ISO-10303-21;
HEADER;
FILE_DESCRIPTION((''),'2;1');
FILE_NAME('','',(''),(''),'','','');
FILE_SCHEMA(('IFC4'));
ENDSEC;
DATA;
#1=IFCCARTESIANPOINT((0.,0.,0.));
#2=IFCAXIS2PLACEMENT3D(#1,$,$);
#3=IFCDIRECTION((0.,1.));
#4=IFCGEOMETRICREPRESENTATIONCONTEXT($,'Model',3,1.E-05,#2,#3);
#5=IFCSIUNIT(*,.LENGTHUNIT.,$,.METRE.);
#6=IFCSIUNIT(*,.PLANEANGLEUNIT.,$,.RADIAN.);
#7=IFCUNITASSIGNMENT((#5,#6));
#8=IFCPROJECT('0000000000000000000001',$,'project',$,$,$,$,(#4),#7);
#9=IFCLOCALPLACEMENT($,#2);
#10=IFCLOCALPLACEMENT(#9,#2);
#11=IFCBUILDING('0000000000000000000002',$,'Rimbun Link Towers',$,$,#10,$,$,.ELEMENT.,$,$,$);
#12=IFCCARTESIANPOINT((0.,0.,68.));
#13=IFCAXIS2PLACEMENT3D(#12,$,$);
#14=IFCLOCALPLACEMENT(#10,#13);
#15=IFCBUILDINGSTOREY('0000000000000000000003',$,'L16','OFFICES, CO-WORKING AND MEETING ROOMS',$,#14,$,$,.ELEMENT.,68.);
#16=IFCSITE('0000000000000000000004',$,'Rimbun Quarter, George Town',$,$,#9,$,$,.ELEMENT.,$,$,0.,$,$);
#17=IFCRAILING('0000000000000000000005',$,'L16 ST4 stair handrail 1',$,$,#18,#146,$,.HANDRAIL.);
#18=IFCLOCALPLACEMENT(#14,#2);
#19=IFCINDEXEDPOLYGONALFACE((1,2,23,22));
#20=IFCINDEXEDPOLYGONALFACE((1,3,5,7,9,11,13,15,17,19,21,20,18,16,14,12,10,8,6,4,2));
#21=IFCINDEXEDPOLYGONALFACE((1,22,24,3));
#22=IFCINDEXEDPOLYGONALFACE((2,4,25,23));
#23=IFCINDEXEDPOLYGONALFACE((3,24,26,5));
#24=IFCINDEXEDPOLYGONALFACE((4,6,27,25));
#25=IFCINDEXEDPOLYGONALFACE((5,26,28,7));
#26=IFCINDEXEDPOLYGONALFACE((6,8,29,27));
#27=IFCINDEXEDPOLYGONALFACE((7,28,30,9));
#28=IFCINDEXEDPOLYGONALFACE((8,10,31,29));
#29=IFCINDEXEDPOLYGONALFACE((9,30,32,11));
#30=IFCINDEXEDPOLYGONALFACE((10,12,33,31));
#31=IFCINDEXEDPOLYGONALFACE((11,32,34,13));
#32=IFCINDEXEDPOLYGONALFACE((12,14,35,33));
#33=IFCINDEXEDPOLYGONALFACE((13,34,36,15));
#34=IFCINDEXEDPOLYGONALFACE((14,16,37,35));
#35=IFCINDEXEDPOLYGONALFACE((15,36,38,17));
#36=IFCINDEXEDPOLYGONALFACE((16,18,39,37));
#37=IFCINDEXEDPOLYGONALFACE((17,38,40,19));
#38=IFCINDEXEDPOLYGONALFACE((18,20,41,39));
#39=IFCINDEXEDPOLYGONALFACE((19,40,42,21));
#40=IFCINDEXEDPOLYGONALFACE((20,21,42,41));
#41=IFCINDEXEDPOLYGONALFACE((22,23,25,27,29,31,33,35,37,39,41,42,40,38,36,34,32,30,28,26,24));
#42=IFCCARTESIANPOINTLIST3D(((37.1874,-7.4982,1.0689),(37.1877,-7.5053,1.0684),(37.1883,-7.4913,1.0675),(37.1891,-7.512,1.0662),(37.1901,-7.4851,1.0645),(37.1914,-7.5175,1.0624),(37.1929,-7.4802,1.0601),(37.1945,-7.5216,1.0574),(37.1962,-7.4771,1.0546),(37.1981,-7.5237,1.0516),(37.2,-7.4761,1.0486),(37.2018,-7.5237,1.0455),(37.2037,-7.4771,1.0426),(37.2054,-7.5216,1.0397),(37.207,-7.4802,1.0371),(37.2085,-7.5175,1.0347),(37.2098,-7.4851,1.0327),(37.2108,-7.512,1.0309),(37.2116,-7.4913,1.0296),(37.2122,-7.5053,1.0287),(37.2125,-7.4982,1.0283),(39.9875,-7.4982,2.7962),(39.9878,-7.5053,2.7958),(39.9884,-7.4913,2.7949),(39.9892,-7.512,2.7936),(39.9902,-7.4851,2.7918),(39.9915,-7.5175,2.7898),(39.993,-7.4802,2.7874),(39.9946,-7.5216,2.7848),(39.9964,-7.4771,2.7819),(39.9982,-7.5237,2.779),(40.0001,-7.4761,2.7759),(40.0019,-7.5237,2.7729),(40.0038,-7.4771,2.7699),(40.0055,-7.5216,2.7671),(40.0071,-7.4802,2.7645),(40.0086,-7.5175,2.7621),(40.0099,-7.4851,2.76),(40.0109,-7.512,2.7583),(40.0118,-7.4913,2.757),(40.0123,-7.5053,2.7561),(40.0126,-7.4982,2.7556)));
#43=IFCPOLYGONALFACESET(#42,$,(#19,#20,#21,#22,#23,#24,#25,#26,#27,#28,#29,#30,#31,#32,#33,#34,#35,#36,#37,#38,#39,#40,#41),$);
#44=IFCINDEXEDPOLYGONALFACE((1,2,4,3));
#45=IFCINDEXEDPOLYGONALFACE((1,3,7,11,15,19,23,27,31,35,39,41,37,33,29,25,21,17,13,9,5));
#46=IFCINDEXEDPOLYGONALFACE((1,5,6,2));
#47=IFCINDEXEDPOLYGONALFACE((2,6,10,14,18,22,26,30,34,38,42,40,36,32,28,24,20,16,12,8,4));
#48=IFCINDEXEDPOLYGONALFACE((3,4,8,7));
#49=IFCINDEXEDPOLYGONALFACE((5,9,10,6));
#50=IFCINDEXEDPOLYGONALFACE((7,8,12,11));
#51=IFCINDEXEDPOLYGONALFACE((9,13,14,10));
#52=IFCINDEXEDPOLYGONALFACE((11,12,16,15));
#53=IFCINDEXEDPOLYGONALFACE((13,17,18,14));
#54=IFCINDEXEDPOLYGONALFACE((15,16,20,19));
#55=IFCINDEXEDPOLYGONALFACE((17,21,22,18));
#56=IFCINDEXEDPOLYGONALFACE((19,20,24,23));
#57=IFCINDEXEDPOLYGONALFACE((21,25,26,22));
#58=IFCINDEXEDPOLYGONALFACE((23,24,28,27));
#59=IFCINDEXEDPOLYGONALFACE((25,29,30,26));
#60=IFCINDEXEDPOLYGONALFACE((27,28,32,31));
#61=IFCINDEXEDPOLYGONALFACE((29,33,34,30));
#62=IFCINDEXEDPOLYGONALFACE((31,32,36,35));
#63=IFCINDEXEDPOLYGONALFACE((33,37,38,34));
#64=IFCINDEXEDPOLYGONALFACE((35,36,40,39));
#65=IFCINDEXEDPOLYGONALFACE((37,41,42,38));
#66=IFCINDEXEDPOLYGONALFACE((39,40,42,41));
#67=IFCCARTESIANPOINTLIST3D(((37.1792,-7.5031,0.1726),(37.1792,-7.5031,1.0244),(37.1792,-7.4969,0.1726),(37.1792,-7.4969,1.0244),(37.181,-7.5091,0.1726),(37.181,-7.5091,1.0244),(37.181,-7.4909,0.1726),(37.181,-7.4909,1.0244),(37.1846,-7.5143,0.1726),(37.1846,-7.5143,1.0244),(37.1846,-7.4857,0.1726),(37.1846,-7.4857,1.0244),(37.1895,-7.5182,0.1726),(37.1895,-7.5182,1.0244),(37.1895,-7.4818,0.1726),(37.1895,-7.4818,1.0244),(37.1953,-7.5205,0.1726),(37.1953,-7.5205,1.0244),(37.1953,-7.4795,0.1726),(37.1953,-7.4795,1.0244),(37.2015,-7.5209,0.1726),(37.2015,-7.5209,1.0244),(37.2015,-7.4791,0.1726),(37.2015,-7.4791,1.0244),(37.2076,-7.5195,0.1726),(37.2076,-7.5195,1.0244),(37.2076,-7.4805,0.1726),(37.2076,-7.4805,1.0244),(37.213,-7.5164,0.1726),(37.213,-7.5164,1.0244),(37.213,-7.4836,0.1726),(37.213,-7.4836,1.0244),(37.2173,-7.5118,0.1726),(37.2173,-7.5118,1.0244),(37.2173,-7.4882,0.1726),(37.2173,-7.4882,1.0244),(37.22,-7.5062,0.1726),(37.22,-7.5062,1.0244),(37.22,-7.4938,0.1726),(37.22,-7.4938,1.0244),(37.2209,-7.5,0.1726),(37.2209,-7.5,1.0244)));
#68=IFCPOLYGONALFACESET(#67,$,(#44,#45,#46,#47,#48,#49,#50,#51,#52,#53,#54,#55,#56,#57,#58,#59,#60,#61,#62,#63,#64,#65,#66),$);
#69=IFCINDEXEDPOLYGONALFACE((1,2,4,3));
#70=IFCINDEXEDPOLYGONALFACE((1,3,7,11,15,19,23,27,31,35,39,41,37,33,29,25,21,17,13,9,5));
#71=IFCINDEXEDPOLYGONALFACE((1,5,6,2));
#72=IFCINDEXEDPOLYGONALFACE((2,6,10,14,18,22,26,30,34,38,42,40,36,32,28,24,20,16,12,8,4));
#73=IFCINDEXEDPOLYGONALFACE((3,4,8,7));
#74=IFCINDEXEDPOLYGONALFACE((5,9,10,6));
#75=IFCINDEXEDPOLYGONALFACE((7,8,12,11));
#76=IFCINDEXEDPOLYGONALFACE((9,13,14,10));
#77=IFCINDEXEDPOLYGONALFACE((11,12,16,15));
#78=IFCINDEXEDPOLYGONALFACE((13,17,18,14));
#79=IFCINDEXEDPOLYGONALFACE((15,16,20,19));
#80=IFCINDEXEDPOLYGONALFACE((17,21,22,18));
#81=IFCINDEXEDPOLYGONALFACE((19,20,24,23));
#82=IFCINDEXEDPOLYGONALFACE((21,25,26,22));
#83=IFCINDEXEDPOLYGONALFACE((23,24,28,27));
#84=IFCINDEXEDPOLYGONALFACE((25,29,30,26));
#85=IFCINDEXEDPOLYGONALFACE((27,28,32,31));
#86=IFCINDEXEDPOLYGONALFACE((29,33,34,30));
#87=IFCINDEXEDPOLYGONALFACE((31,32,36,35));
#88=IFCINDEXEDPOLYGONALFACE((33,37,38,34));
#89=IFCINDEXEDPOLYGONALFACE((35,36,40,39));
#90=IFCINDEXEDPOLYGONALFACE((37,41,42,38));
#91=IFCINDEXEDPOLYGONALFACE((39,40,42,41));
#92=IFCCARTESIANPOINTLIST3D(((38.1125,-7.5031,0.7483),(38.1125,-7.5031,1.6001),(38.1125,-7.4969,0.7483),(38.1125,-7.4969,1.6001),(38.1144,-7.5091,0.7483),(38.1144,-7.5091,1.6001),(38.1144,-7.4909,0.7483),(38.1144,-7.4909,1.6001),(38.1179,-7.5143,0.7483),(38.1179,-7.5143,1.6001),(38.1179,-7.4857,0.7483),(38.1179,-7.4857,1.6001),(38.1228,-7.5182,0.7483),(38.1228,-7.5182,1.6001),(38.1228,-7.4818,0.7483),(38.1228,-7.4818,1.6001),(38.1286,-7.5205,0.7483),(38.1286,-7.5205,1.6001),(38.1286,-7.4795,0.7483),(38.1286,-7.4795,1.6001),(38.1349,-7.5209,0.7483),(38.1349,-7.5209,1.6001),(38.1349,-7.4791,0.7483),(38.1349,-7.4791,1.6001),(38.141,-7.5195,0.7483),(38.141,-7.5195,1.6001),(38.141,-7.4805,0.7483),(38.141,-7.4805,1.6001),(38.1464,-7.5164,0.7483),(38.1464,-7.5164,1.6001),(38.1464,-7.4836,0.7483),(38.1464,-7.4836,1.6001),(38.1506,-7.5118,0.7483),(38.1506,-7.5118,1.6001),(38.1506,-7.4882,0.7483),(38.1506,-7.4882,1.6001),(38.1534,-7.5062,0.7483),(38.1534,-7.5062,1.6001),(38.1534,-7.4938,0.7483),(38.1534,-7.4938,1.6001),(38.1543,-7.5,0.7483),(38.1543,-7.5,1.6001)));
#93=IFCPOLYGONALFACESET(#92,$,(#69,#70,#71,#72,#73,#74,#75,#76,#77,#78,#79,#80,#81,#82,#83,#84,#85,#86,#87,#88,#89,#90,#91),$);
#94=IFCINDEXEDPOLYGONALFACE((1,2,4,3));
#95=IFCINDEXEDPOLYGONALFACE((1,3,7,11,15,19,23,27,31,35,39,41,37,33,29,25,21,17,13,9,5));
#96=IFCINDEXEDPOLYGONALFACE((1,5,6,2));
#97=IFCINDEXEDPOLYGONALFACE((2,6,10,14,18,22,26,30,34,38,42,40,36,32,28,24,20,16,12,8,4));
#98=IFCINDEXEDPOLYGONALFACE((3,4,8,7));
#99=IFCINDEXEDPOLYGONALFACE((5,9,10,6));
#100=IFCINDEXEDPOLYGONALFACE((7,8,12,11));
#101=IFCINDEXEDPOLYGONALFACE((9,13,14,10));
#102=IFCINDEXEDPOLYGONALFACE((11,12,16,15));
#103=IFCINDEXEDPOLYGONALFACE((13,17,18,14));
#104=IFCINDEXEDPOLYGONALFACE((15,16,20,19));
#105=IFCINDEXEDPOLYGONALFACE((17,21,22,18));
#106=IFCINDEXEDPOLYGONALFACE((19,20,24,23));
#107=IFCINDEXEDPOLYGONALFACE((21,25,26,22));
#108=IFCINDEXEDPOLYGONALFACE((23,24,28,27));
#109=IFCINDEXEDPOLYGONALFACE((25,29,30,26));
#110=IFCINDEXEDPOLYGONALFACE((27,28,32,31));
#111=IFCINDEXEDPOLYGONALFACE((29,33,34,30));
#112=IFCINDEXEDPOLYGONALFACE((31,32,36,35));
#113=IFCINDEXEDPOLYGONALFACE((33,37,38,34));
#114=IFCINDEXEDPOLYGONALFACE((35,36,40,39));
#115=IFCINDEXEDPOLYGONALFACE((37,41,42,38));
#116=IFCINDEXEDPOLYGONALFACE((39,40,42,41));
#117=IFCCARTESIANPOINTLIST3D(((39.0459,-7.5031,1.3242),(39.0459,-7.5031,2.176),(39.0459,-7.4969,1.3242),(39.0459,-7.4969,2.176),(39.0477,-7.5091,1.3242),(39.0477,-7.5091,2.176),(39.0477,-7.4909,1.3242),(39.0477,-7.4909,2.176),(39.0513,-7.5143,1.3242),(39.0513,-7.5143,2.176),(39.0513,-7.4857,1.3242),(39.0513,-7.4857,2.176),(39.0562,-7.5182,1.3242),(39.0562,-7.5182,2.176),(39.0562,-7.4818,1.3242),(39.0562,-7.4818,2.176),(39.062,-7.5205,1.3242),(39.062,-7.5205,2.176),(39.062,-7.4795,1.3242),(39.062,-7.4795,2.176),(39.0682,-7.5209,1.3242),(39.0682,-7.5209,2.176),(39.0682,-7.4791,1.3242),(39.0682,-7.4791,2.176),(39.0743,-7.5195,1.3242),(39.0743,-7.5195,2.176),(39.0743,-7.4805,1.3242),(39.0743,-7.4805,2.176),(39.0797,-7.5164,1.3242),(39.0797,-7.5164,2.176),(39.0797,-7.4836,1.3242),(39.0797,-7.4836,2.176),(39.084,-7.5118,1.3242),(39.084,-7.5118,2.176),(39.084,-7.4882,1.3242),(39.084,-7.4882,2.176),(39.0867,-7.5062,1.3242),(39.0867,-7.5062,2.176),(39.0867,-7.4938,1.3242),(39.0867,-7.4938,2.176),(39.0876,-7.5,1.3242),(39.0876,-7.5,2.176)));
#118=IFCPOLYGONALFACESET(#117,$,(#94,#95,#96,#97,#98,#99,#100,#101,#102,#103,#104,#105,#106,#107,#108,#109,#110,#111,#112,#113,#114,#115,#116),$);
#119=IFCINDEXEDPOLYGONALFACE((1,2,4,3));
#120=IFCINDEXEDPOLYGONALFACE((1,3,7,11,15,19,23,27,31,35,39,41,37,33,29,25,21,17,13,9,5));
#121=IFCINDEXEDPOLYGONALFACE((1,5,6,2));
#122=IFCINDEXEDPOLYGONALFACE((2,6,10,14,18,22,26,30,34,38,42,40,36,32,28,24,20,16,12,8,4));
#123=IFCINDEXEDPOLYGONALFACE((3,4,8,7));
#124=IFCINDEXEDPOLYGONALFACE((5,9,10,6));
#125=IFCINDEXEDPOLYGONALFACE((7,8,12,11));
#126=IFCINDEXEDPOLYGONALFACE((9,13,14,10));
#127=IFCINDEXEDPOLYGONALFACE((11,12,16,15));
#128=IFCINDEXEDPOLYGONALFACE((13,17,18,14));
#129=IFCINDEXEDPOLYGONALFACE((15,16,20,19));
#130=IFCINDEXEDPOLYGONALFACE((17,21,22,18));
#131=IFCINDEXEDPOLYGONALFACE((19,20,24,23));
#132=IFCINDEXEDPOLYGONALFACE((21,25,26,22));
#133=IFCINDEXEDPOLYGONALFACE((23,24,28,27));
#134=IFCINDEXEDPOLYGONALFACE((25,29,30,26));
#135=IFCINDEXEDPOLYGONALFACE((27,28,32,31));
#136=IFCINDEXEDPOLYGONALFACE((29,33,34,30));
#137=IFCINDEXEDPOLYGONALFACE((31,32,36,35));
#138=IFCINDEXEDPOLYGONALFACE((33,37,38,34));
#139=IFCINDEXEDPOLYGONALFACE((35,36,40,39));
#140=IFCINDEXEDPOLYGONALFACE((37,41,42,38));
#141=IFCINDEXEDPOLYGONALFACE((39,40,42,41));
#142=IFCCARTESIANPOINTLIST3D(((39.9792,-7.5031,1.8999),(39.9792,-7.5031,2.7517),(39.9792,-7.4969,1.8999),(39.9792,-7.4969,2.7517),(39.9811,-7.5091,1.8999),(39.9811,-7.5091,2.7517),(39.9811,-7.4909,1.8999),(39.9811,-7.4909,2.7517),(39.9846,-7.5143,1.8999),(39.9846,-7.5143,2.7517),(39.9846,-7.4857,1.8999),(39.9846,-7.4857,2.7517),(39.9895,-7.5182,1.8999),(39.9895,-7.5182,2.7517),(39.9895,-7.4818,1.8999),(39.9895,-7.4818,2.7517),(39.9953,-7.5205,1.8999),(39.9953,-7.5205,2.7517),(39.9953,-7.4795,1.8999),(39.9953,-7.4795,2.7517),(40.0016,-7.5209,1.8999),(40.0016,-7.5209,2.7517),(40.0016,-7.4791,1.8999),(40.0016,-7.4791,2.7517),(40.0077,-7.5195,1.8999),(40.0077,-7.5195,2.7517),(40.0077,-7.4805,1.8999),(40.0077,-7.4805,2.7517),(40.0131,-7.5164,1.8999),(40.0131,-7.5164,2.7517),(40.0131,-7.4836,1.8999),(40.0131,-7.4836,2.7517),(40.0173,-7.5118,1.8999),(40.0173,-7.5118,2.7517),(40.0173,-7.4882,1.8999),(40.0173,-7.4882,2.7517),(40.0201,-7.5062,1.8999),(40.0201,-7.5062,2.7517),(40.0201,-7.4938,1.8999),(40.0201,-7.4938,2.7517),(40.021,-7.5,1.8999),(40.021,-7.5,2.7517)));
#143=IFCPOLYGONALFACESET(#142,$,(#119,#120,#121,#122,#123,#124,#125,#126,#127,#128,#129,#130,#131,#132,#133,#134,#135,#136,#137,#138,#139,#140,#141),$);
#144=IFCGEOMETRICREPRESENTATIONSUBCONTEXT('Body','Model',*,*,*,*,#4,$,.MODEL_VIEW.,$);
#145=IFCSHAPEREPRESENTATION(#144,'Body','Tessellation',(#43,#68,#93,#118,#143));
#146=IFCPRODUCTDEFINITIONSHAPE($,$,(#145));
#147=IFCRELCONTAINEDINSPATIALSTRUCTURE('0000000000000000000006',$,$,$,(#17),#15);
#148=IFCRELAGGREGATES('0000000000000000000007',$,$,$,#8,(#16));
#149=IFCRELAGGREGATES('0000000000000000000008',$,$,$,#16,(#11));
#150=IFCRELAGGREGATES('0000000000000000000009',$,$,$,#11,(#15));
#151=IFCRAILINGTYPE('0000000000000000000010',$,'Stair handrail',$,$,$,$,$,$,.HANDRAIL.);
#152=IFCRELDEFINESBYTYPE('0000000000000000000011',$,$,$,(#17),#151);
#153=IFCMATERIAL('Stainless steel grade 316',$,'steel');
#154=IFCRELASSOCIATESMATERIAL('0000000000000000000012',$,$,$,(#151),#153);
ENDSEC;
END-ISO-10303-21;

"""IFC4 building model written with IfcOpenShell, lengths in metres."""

from ifc_helpers import new_model, si_unit, direction, frame, origin, origin_2d, place, context, subcontext, project, spatial, circle, extrude, material, type_object, element, save


model = new_model("IFC4")

# Units and contexts
model_context = context("Model", 3, precision=1e-05, world=origin(), true_north=direction((0.0, 1.0)))
body_context = subcontext(model_context, "Body", "Model", "MODEL_VIEW")
ifc_project = project(units=[si_unit("LENGTHUNIT", "METRE"), si_unit("PLANEANGLEUNIT", "RADIAN")], contexts=[model_context])

# Site, building, storey
site_placement = place(None, origin())
site = spatial("IfcSite", under=ifc_project, at=site_placement, Name="Rimbun Quarter, George Town", CompositionType="ELEMENT", RefElevation=0.0)
building_placement = place(site_placement, origin())
building = spatial("IfcBuilding", under=site, at=building_placement, Name="Rimbun Link Towers", CompositionType="ELEMENT")
storey_placement = place(building_placement, frame((0.0, 0.0, 68.0)))
storey = spatial("IfcBuildingStorey", under=building, at=storey_placement, Name="L16", Description="OFFICES, CO-WORKING AND MEETING ROOMS", CompositionType="ELEMENT", Elevation=68.0)

# Railing
ifc_material_1 = material(Name="Stainless steel grade 316", Category="steel")
railing_type = type_object("IfcRailingType", Name="Stair handrail", PredefinedType="HANDRAIL", material=ifc_material_1)
railing_placement = place(storey_placement, frame((37.2, -7.5, 0.1726)))
element("IfcRailing", 1, at=railing_placement, inside=storey, type_object=railing_type, Name="L16 ST4 stair handrail 1", PredefinedType="HANDRAIL", context=body_context, shape_type="SweptSolid", body=[
    extrude(circle(Radius=0.0239, at=origin_2d()), frame((0.0, 0.0, 0.876), z_axis=(0.85109, 0.0, 0.52502), x_axis=(0.0, 1.0, 0.0)), (0.0, 0.0, 1.0), 3.29),
    extrude(circle(Radius=0.021, at=origin_2d()), origin(), (0.0, 0.0, 1.0), 0.8518),
    extrude(circle(Radius=0.021, at=origin_2d()), frame((0.9333, 0.0, 0.5757)), (0.0, 0.0, 1.0), 0.8518),
    extrude(circle(Radius=0.021, at=origin_2d()), frame((1.8667, 0.0, 1.1516)), (0.0, 0.0, 1.0), 0.8518),
    extrude(circle(Radius=0.021, at=origin_2d()), frame((2.8, 0.0, 1.7273)), (0.0, 0.0, 1.0), 0.8518),
])

save(model, "model.ifc")
